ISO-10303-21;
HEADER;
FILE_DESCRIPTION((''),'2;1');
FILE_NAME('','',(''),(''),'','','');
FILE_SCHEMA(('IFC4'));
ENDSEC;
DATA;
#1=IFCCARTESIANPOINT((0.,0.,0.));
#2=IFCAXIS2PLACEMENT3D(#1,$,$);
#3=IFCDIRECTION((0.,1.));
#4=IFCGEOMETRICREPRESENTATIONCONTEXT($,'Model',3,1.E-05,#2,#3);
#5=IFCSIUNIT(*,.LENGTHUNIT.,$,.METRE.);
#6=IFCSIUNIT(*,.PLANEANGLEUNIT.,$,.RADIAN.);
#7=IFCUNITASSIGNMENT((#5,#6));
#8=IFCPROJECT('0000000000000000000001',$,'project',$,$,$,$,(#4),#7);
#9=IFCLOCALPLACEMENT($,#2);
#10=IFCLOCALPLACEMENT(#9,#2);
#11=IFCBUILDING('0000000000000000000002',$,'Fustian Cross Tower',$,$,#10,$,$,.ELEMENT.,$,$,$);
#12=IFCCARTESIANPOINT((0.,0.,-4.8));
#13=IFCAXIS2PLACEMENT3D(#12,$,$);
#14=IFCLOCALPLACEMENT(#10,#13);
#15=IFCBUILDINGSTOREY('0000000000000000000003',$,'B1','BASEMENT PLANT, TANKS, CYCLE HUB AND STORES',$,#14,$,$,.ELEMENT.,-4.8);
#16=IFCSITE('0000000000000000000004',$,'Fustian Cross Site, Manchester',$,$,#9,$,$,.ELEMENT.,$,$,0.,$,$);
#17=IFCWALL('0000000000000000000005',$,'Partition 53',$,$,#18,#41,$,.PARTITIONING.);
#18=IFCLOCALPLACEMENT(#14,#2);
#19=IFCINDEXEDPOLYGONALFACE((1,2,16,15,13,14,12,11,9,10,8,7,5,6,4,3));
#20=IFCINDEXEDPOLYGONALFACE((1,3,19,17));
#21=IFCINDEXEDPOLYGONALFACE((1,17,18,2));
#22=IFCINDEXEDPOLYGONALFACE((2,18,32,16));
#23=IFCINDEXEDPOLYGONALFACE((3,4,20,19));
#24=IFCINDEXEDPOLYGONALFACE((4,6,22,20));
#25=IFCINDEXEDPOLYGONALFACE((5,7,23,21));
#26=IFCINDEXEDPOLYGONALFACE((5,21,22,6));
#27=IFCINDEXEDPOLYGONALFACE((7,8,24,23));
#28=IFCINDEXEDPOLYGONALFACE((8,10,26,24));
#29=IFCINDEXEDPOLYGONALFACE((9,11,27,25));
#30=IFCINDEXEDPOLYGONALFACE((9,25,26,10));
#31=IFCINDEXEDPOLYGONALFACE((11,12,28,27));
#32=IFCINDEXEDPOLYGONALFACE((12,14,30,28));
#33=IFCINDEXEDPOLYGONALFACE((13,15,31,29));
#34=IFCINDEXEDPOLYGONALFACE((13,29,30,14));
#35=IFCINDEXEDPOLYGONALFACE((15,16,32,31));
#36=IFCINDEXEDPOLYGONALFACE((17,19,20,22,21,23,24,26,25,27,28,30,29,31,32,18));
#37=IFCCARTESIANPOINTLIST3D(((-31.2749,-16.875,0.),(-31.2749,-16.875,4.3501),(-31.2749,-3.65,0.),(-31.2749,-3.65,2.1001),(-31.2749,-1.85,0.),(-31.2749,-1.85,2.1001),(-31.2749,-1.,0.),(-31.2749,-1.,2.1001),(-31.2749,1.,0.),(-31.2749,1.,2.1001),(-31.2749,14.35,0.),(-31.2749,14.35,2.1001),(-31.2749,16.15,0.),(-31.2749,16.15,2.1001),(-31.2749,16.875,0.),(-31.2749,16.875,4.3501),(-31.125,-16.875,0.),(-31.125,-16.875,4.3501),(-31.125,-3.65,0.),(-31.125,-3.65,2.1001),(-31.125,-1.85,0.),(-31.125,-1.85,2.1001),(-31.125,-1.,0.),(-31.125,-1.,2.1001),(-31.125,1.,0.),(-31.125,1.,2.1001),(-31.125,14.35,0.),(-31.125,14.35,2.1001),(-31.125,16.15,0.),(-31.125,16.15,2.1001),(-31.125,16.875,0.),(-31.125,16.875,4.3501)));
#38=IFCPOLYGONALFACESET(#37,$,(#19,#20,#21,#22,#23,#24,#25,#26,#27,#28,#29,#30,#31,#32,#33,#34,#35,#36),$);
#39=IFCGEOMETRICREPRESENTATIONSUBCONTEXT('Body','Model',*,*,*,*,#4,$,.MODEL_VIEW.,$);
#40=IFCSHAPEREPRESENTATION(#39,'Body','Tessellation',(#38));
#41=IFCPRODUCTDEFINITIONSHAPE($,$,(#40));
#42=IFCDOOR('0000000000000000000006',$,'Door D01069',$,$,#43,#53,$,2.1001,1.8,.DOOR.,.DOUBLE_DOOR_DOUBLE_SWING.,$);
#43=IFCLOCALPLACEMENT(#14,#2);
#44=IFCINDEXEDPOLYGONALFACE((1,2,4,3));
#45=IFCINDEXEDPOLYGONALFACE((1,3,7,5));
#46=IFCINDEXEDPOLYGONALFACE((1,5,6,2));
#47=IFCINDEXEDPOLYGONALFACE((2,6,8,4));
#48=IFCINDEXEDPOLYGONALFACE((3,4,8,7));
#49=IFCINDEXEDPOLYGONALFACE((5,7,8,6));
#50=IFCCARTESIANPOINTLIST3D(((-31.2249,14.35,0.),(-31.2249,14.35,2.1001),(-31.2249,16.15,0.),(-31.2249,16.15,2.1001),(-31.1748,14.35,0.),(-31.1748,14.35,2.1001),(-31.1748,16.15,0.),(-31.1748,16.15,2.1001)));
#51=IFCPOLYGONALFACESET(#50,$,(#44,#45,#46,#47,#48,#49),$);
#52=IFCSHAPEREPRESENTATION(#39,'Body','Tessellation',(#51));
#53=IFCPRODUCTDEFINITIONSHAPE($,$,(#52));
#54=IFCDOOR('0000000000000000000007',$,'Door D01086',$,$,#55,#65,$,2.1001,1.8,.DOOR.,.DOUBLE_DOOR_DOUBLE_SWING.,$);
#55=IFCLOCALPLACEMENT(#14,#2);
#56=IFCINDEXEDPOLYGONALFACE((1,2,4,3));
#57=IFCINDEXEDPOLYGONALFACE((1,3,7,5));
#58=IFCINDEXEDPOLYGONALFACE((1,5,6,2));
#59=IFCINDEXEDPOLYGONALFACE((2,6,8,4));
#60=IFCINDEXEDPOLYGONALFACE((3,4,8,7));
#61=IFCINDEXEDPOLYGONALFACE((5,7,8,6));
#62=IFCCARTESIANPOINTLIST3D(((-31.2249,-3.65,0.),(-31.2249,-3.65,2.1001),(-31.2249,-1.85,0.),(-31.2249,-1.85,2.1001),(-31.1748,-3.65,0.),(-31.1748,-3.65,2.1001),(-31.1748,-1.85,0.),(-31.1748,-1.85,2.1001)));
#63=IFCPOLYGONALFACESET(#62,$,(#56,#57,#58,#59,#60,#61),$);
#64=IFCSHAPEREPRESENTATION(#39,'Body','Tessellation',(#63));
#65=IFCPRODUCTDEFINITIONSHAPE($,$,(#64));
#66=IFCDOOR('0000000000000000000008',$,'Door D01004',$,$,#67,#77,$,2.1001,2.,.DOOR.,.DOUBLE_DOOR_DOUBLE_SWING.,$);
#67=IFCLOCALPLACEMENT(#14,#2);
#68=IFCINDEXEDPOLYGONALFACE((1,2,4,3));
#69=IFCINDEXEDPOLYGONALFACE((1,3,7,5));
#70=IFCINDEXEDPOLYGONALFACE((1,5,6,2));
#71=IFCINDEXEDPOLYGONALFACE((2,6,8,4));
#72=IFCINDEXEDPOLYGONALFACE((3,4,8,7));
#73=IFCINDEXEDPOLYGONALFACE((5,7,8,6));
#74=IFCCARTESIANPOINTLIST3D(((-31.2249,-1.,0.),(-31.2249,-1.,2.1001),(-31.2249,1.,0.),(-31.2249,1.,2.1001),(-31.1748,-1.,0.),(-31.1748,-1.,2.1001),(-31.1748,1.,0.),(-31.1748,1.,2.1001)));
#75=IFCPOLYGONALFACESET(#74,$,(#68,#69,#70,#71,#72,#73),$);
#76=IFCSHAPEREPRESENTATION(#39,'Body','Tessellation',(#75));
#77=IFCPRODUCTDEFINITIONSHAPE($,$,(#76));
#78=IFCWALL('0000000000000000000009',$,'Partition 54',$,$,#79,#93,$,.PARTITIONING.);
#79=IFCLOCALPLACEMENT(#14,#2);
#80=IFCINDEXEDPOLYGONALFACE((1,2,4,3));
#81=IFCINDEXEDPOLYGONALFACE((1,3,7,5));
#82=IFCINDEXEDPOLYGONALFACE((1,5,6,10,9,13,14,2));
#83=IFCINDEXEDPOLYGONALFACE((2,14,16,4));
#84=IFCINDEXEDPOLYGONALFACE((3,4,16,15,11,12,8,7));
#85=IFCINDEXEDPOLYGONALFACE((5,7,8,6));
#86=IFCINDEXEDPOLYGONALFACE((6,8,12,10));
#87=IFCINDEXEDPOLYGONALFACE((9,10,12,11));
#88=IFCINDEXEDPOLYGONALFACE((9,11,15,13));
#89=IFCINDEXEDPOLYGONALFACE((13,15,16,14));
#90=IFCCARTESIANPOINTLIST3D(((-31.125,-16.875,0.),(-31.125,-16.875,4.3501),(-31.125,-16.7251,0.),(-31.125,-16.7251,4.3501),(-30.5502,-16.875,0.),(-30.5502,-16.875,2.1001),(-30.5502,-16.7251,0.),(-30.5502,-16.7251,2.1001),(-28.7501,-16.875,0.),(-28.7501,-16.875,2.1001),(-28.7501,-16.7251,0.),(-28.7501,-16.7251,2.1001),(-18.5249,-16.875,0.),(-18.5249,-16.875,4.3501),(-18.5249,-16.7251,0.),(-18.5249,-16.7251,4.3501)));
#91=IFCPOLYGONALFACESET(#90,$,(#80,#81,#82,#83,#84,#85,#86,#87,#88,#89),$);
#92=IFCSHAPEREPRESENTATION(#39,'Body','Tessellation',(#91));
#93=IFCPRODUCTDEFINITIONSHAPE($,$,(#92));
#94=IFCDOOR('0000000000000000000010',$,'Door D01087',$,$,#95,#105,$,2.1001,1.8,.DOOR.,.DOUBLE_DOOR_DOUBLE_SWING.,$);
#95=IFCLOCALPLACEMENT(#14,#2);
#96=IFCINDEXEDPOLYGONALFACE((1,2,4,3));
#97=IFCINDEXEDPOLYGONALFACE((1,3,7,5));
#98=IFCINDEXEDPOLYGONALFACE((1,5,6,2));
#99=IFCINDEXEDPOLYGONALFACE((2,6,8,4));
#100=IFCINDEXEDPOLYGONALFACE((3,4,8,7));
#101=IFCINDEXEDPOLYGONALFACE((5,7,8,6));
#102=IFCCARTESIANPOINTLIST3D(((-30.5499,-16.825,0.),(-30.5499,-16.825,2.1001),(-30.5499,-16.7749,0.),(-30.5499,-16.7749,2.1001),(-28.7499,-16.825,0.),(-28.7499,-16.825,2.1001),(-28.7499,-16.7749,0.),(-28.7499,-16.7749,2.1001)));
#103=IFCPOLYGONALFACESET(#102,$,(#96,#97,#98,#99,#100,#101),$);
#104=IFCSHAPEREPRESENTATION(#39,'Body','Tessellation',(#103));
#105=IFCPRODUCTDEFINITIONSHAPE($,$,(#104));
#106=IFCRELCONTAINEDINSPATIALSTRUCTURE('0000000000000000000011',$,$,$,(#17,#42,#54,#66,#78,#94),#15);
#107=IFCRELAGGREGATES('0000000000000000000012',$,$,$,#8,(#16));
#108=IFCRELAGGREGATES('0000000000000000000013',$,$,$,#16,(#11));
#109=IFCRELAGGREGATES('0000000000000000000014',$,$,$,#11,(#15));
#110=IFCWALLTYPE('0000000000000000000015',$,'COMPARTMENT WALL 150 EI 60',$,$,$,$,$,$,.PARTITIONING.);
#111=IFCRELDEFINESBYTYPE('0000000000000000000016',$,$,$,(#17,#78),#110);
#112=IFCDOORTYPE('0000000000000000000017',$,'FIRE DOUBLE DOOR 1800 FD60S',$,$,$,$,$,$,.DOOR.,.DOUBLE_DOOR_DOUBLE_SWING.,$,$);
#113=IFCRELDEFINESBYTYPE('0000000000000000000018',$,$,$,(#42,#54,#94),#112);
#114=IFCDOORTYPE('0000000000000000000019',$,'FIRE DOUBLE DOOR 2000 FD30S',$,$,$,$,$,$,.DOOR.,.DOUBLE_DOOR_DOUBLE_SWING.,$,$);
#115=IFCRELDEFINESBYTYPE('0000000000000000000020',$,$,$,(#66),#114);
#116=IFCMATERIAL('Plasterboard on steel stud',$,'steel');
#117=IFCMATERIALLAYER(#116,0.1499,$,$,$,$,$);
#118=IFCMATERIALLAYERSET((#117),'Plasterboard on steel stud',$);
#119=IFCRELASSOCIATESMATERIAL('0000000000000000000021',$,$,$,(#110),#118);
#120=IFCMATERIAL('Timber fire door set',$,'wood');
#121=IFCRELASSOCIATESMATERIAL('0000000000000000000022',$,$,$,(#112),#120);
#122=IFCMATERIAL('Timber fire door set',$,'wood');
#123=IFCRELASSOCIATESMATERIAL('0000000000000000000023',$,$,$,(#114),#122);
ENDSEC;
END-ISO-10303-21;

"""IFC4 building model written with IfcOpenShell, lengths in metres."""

from ifc_helpers import new_model, si_unit, direction, frame, frame_2d, origin, place, context, subcontext, project, spatial, rectangle, extrude, material, layer, layer_set, type_object, element, fill, save


model = new_model("IFC4")

# Units and contexts
model_context = context("Model", 3, precision=1e-05, world=origin(), true_north=direction((0.0, 1.0)))
body_context = subcontext(model_context, "Body", "Model", "MODEL_VIEW")
ifc_project = project(units=[si_unit("LENGTHUNIT", "METRE"), si_unit("PLANEANGLEUNIT", "RADIAN")], contexts=[model_context])

# Site, building, storey
site_placement = place(None, origin())
site = spatial("IfcSite", under=ifc_project, at=site_placement, Name="Fustian Cross Site, Manchester", CompositionType="ELEMENT", RefElevation=0.0)
building_placement = place(site_placement, origin())
building = spatial("IfcBuilding", under=site, at=building_placement, Name="Fustian Cross Tower", CompositionType="ELEMENT")
storey_placement = place(building_placement, frame((0.0, 0.0, -4.8)))
storey = spatial("IfcBuildingStorey", under=building, at=storey_placement, Name="B1", Description="BASEMENT PLANT, TANKS, CYCLE HUB AND STORES", CompositionType="ELEMENT", Elevation=-4.8)

# Shared definitions
ifc_material_1 = material(Name="Plasterboard on steel stud", Category="steel")
ifc_layer = layer(ifc_material_1, 0.1499)
ifc_layer_set = layer_set([ifc_layer], Name="Plasterboard on steel stud")
wall_type = type_object("IfcWallType", Name="COMPARTMENT WALL 150 EI 60", PredefinedType="PARTITIONING", material=ifc_layer_set)
ifc_material_2 = material(Name="Timber fire door set", Category="wood")
door_type_1 = type_object("IfcDoorType", Name="FIRE DOUBLE DOOR 1800 FD60S", OperationType="DOUBLE_DOOR_DOUBLE_SWING", PredefinedType="DOOR", material=ifc_material_2)

# Wall, openings, doors
wall_1_placement = place(storey_placement, frame((-31.2, -16.875, 0.0), z_axis=(0.0, 0.0, 1.0), x_axis=(0.0, 1.0, 0.0)))
wall_1 = element("IfcWall", 1, at=wall_1_placement, inside=storey, type_object=wall_type, Name="Partition 53", PredefinedType="PARTITIONING", context=body_context, shape_type="SweptSolid", body=[
    extrude(rectangle(XDim=33.75, YDim=0.1499, at=frame_2d((16.875, 0.0))), origin(), (0.0, 0.0, 1.0), 4.3501),
])
opening_1_placement = place(wall_1_placement, frame((15.875, 0.0, 0.0)))
opening_1 = element("IfcOpeningElement", 2, at=opening_1_placement, cuts=wall_1, PredefinedType="OPENING", context=body_context, shape_type="SweptSolid", body=[
    extrude(rectangle(XDim=2.0, YDim=2.1001, at=frame_2d((1.0, 1.05))), frame((0.0, 0.085, 0.0), z_axis=(0.0, -1.0, 0.0), x_axis=(1.0, 0.0, 0.0)), (0.0, 0.0, 1.0), 0.1699),
])
opening_2_placement = place(wall_1_placement, frame((31.2251, 0.0, 0.0)))
opening_2 = element("IfcOpeningElement", 3, at=opening_2_placement, cuts=wall_1, PredefinedType="OPENING", context=body_context, shape_type="SweptSolid", body=[
    extrude(rectangle(XDim=1.8, YDim=2.1001, at=frame_2d((0.8999, 1.05))), frame((0.0, 0.085, 0.0), z_axis=(0.0, -1.0, 0.0), x_axis=(1.0, 0.0, 0.0)), (0.0, 0.0, 1.0), 0.1699),
])
opening_3_placement = place(wall_1_placement, frame((13.2251, 0.0, 0.0)))
opening_3 = element("IfcOpeningElement", 4, at=opening_3_placement, cuts=wall_1, PredefinedType="OPENING", context=body_context, shape_type="SweptSolid", body=[
    extrude(rectangle(XDim=1.8, YDim=2.1001, at=frame_2d((0.8999, 1.05))), frame((0.0, 0.085, 0.0), z_axis=(0.0, -1.0, 0.0), x_axis=(1.0, 0.0, 0.0)), (0.0, 0.0, 1.0), 0.1699),
])
door_1_placement = place(opening_2_placement, origin())
door_1 = element("IfcDoor", 5, at=door_1_placement, inside=storey, type_object=door_type_1, Name="Door D01069", OperationType="DOUBLE_DOOR_DOUBLE_SWING", OverallHeight=2.1001, OverallWidth=1.8, PredefinedType="DOOR", context=body_context, shape_type="SweptSolid", body=[
    extrude(rectangle(XDim=1.8, YDim=2.1001, at=frame_2d((0.8999, 1.05))), frame((0.0, 0.0249, 0.0), z_axis=(0.0, -1.0, 0.0), x_axis=(1.0, 0.0, 0.0)), (0.0, 0.0, 1.0), 0.05),
])
fill(opening_2, door_1)
door_2_placement = place(opening_3_placement, origin())
door_2 = element("IfcDoor", 6, at=door_2_placement, inside=storey, type_object=door_type_1, Name="Door D01086", OperationType="DOUBLE_DOOR_DOUBLE_SWING", OverallHeight=2.1001, OverallWidth=1.8, PredefinedType="DOOR", context=body_context, shape_type="SweptSolid", body=[
    extrude(rectangle(XDim=1.8, YDim=2.1001, at=frame_2d((0.8999, 1.05))), frame((0.0, 0.0249, 0.0), z_axis=(0.0, -1.0, 0.0), x_axis=(1.0, 0.0, 0.0)), (0.0, 0.0, 1.0), 0.05),
])
fill(opening_3, door_2)
ifc_material_3 = material(Name="Timber fire door set", Category="wood")
door_type_2 = type_object("IfcDoorType", Name="FIRE DOUBLE DOOR 2000 FD30S", OperationType="DOUBLE_DOOR_DOUBLE_SWING", PredefinedType="DOOR", material=ifc_material_3)
door_3_placement = place(opening_1_placement, origin())
door_3 = element("IfcDoor", 7, at=door_3_placement, inside=storey, type_object=door_type_2, Name="Door D01004", OperationType="DOUBLE_DOOR_DOUBLE_SWING", OverallHeight=2.1001, OverallWidth=2.0, PredefinedType="DOOR", context=body_context, shape_type="SweptSolid", body=[
    extrude(rectangle(XDim=2.0, YDim=2.1001, at=frame_2d((1.0, 1.05))), frame((0.0, 0.0249, 0.0), z_axis=(0.0, -1.0, 0.0), x_axis=(1.0, 0.0, 0.0)), (0.0, 0.0, 1.0), 0.05),
])
fill(opening_1, door_3)

# Wall, opening, door
wall_2_placement = place(storey_placement, frame((-31.125, -16.8, 0.0), z_axis=(0.0, 0.0, 1.0), x_axis=(1.0, 0.0, 0.0)))
wall_2 = element("IfcWall", 8, at=wall_2_placement, inside=storey, type_object=wall_type, Name="Partition 54", PredefinedType="PARTITIONING", context=body_context, shape_type="SweptSolid", body=[
    extrude(rectangle(XDim=12.6001, YDim=0.1499, at=frame_2d((6.3, 0.0))), origin(), (0.0, 0.0, 1.0), 4.3501),
])
opening_4_placement = place(wall_2_placement, frame((0.575, 0.0, 0.0)))
opening_4 = element("IfcOpeningElement", 9, at=opening_4_placement, cuts=wall_2, PredefinedType="OPENING", context=body_context, shape_type="SweptSolid", body=[
    extrude(rectangle(XDim=1.8, YDim=2.1001, at=frame_2d((0.8999, 1.05))), frame((0.0, 0.085, 0.0), z_axis=(0.0, -1.0, 0.0), x_axis=(1.0, 0.0, 0.0)), (0.0, 0.0, 1.0), 0.1699),
])
door_4_placement = place(opening_4_placement, frame((1.8, 0.0, 0.0), z_axis=(0.0, 0.0, 1.0), x_axis=(-1.0, 0.0, 0.0)))
door_4 = element("IfcDoor", 10, at=door_4_placement, inside=storey, type_object=door_type_1, Name="Door D01087", OperationType="DOUBLE_DOOR_DOUBLE_SWING", OverallHeight=2.1001, OverallWidth=1.8, PredefinedType="DOOR", context=body_context, shape_type="SweptSolid", body=[
    extrude(rectangle(XDim=1.8, YDim=2.1001, at=frame_2d((0.8999, 1.05))), frame((0.0, 0.0249, 0.0), z_axis=(0.0, -1.0, 0.0), x_axis=(1.0, 0.0, 0.0)), (0.0, 0.0, 1.0), 0.05),
])
fill(opening_4, door_4)

save(model, "model.ifc")
